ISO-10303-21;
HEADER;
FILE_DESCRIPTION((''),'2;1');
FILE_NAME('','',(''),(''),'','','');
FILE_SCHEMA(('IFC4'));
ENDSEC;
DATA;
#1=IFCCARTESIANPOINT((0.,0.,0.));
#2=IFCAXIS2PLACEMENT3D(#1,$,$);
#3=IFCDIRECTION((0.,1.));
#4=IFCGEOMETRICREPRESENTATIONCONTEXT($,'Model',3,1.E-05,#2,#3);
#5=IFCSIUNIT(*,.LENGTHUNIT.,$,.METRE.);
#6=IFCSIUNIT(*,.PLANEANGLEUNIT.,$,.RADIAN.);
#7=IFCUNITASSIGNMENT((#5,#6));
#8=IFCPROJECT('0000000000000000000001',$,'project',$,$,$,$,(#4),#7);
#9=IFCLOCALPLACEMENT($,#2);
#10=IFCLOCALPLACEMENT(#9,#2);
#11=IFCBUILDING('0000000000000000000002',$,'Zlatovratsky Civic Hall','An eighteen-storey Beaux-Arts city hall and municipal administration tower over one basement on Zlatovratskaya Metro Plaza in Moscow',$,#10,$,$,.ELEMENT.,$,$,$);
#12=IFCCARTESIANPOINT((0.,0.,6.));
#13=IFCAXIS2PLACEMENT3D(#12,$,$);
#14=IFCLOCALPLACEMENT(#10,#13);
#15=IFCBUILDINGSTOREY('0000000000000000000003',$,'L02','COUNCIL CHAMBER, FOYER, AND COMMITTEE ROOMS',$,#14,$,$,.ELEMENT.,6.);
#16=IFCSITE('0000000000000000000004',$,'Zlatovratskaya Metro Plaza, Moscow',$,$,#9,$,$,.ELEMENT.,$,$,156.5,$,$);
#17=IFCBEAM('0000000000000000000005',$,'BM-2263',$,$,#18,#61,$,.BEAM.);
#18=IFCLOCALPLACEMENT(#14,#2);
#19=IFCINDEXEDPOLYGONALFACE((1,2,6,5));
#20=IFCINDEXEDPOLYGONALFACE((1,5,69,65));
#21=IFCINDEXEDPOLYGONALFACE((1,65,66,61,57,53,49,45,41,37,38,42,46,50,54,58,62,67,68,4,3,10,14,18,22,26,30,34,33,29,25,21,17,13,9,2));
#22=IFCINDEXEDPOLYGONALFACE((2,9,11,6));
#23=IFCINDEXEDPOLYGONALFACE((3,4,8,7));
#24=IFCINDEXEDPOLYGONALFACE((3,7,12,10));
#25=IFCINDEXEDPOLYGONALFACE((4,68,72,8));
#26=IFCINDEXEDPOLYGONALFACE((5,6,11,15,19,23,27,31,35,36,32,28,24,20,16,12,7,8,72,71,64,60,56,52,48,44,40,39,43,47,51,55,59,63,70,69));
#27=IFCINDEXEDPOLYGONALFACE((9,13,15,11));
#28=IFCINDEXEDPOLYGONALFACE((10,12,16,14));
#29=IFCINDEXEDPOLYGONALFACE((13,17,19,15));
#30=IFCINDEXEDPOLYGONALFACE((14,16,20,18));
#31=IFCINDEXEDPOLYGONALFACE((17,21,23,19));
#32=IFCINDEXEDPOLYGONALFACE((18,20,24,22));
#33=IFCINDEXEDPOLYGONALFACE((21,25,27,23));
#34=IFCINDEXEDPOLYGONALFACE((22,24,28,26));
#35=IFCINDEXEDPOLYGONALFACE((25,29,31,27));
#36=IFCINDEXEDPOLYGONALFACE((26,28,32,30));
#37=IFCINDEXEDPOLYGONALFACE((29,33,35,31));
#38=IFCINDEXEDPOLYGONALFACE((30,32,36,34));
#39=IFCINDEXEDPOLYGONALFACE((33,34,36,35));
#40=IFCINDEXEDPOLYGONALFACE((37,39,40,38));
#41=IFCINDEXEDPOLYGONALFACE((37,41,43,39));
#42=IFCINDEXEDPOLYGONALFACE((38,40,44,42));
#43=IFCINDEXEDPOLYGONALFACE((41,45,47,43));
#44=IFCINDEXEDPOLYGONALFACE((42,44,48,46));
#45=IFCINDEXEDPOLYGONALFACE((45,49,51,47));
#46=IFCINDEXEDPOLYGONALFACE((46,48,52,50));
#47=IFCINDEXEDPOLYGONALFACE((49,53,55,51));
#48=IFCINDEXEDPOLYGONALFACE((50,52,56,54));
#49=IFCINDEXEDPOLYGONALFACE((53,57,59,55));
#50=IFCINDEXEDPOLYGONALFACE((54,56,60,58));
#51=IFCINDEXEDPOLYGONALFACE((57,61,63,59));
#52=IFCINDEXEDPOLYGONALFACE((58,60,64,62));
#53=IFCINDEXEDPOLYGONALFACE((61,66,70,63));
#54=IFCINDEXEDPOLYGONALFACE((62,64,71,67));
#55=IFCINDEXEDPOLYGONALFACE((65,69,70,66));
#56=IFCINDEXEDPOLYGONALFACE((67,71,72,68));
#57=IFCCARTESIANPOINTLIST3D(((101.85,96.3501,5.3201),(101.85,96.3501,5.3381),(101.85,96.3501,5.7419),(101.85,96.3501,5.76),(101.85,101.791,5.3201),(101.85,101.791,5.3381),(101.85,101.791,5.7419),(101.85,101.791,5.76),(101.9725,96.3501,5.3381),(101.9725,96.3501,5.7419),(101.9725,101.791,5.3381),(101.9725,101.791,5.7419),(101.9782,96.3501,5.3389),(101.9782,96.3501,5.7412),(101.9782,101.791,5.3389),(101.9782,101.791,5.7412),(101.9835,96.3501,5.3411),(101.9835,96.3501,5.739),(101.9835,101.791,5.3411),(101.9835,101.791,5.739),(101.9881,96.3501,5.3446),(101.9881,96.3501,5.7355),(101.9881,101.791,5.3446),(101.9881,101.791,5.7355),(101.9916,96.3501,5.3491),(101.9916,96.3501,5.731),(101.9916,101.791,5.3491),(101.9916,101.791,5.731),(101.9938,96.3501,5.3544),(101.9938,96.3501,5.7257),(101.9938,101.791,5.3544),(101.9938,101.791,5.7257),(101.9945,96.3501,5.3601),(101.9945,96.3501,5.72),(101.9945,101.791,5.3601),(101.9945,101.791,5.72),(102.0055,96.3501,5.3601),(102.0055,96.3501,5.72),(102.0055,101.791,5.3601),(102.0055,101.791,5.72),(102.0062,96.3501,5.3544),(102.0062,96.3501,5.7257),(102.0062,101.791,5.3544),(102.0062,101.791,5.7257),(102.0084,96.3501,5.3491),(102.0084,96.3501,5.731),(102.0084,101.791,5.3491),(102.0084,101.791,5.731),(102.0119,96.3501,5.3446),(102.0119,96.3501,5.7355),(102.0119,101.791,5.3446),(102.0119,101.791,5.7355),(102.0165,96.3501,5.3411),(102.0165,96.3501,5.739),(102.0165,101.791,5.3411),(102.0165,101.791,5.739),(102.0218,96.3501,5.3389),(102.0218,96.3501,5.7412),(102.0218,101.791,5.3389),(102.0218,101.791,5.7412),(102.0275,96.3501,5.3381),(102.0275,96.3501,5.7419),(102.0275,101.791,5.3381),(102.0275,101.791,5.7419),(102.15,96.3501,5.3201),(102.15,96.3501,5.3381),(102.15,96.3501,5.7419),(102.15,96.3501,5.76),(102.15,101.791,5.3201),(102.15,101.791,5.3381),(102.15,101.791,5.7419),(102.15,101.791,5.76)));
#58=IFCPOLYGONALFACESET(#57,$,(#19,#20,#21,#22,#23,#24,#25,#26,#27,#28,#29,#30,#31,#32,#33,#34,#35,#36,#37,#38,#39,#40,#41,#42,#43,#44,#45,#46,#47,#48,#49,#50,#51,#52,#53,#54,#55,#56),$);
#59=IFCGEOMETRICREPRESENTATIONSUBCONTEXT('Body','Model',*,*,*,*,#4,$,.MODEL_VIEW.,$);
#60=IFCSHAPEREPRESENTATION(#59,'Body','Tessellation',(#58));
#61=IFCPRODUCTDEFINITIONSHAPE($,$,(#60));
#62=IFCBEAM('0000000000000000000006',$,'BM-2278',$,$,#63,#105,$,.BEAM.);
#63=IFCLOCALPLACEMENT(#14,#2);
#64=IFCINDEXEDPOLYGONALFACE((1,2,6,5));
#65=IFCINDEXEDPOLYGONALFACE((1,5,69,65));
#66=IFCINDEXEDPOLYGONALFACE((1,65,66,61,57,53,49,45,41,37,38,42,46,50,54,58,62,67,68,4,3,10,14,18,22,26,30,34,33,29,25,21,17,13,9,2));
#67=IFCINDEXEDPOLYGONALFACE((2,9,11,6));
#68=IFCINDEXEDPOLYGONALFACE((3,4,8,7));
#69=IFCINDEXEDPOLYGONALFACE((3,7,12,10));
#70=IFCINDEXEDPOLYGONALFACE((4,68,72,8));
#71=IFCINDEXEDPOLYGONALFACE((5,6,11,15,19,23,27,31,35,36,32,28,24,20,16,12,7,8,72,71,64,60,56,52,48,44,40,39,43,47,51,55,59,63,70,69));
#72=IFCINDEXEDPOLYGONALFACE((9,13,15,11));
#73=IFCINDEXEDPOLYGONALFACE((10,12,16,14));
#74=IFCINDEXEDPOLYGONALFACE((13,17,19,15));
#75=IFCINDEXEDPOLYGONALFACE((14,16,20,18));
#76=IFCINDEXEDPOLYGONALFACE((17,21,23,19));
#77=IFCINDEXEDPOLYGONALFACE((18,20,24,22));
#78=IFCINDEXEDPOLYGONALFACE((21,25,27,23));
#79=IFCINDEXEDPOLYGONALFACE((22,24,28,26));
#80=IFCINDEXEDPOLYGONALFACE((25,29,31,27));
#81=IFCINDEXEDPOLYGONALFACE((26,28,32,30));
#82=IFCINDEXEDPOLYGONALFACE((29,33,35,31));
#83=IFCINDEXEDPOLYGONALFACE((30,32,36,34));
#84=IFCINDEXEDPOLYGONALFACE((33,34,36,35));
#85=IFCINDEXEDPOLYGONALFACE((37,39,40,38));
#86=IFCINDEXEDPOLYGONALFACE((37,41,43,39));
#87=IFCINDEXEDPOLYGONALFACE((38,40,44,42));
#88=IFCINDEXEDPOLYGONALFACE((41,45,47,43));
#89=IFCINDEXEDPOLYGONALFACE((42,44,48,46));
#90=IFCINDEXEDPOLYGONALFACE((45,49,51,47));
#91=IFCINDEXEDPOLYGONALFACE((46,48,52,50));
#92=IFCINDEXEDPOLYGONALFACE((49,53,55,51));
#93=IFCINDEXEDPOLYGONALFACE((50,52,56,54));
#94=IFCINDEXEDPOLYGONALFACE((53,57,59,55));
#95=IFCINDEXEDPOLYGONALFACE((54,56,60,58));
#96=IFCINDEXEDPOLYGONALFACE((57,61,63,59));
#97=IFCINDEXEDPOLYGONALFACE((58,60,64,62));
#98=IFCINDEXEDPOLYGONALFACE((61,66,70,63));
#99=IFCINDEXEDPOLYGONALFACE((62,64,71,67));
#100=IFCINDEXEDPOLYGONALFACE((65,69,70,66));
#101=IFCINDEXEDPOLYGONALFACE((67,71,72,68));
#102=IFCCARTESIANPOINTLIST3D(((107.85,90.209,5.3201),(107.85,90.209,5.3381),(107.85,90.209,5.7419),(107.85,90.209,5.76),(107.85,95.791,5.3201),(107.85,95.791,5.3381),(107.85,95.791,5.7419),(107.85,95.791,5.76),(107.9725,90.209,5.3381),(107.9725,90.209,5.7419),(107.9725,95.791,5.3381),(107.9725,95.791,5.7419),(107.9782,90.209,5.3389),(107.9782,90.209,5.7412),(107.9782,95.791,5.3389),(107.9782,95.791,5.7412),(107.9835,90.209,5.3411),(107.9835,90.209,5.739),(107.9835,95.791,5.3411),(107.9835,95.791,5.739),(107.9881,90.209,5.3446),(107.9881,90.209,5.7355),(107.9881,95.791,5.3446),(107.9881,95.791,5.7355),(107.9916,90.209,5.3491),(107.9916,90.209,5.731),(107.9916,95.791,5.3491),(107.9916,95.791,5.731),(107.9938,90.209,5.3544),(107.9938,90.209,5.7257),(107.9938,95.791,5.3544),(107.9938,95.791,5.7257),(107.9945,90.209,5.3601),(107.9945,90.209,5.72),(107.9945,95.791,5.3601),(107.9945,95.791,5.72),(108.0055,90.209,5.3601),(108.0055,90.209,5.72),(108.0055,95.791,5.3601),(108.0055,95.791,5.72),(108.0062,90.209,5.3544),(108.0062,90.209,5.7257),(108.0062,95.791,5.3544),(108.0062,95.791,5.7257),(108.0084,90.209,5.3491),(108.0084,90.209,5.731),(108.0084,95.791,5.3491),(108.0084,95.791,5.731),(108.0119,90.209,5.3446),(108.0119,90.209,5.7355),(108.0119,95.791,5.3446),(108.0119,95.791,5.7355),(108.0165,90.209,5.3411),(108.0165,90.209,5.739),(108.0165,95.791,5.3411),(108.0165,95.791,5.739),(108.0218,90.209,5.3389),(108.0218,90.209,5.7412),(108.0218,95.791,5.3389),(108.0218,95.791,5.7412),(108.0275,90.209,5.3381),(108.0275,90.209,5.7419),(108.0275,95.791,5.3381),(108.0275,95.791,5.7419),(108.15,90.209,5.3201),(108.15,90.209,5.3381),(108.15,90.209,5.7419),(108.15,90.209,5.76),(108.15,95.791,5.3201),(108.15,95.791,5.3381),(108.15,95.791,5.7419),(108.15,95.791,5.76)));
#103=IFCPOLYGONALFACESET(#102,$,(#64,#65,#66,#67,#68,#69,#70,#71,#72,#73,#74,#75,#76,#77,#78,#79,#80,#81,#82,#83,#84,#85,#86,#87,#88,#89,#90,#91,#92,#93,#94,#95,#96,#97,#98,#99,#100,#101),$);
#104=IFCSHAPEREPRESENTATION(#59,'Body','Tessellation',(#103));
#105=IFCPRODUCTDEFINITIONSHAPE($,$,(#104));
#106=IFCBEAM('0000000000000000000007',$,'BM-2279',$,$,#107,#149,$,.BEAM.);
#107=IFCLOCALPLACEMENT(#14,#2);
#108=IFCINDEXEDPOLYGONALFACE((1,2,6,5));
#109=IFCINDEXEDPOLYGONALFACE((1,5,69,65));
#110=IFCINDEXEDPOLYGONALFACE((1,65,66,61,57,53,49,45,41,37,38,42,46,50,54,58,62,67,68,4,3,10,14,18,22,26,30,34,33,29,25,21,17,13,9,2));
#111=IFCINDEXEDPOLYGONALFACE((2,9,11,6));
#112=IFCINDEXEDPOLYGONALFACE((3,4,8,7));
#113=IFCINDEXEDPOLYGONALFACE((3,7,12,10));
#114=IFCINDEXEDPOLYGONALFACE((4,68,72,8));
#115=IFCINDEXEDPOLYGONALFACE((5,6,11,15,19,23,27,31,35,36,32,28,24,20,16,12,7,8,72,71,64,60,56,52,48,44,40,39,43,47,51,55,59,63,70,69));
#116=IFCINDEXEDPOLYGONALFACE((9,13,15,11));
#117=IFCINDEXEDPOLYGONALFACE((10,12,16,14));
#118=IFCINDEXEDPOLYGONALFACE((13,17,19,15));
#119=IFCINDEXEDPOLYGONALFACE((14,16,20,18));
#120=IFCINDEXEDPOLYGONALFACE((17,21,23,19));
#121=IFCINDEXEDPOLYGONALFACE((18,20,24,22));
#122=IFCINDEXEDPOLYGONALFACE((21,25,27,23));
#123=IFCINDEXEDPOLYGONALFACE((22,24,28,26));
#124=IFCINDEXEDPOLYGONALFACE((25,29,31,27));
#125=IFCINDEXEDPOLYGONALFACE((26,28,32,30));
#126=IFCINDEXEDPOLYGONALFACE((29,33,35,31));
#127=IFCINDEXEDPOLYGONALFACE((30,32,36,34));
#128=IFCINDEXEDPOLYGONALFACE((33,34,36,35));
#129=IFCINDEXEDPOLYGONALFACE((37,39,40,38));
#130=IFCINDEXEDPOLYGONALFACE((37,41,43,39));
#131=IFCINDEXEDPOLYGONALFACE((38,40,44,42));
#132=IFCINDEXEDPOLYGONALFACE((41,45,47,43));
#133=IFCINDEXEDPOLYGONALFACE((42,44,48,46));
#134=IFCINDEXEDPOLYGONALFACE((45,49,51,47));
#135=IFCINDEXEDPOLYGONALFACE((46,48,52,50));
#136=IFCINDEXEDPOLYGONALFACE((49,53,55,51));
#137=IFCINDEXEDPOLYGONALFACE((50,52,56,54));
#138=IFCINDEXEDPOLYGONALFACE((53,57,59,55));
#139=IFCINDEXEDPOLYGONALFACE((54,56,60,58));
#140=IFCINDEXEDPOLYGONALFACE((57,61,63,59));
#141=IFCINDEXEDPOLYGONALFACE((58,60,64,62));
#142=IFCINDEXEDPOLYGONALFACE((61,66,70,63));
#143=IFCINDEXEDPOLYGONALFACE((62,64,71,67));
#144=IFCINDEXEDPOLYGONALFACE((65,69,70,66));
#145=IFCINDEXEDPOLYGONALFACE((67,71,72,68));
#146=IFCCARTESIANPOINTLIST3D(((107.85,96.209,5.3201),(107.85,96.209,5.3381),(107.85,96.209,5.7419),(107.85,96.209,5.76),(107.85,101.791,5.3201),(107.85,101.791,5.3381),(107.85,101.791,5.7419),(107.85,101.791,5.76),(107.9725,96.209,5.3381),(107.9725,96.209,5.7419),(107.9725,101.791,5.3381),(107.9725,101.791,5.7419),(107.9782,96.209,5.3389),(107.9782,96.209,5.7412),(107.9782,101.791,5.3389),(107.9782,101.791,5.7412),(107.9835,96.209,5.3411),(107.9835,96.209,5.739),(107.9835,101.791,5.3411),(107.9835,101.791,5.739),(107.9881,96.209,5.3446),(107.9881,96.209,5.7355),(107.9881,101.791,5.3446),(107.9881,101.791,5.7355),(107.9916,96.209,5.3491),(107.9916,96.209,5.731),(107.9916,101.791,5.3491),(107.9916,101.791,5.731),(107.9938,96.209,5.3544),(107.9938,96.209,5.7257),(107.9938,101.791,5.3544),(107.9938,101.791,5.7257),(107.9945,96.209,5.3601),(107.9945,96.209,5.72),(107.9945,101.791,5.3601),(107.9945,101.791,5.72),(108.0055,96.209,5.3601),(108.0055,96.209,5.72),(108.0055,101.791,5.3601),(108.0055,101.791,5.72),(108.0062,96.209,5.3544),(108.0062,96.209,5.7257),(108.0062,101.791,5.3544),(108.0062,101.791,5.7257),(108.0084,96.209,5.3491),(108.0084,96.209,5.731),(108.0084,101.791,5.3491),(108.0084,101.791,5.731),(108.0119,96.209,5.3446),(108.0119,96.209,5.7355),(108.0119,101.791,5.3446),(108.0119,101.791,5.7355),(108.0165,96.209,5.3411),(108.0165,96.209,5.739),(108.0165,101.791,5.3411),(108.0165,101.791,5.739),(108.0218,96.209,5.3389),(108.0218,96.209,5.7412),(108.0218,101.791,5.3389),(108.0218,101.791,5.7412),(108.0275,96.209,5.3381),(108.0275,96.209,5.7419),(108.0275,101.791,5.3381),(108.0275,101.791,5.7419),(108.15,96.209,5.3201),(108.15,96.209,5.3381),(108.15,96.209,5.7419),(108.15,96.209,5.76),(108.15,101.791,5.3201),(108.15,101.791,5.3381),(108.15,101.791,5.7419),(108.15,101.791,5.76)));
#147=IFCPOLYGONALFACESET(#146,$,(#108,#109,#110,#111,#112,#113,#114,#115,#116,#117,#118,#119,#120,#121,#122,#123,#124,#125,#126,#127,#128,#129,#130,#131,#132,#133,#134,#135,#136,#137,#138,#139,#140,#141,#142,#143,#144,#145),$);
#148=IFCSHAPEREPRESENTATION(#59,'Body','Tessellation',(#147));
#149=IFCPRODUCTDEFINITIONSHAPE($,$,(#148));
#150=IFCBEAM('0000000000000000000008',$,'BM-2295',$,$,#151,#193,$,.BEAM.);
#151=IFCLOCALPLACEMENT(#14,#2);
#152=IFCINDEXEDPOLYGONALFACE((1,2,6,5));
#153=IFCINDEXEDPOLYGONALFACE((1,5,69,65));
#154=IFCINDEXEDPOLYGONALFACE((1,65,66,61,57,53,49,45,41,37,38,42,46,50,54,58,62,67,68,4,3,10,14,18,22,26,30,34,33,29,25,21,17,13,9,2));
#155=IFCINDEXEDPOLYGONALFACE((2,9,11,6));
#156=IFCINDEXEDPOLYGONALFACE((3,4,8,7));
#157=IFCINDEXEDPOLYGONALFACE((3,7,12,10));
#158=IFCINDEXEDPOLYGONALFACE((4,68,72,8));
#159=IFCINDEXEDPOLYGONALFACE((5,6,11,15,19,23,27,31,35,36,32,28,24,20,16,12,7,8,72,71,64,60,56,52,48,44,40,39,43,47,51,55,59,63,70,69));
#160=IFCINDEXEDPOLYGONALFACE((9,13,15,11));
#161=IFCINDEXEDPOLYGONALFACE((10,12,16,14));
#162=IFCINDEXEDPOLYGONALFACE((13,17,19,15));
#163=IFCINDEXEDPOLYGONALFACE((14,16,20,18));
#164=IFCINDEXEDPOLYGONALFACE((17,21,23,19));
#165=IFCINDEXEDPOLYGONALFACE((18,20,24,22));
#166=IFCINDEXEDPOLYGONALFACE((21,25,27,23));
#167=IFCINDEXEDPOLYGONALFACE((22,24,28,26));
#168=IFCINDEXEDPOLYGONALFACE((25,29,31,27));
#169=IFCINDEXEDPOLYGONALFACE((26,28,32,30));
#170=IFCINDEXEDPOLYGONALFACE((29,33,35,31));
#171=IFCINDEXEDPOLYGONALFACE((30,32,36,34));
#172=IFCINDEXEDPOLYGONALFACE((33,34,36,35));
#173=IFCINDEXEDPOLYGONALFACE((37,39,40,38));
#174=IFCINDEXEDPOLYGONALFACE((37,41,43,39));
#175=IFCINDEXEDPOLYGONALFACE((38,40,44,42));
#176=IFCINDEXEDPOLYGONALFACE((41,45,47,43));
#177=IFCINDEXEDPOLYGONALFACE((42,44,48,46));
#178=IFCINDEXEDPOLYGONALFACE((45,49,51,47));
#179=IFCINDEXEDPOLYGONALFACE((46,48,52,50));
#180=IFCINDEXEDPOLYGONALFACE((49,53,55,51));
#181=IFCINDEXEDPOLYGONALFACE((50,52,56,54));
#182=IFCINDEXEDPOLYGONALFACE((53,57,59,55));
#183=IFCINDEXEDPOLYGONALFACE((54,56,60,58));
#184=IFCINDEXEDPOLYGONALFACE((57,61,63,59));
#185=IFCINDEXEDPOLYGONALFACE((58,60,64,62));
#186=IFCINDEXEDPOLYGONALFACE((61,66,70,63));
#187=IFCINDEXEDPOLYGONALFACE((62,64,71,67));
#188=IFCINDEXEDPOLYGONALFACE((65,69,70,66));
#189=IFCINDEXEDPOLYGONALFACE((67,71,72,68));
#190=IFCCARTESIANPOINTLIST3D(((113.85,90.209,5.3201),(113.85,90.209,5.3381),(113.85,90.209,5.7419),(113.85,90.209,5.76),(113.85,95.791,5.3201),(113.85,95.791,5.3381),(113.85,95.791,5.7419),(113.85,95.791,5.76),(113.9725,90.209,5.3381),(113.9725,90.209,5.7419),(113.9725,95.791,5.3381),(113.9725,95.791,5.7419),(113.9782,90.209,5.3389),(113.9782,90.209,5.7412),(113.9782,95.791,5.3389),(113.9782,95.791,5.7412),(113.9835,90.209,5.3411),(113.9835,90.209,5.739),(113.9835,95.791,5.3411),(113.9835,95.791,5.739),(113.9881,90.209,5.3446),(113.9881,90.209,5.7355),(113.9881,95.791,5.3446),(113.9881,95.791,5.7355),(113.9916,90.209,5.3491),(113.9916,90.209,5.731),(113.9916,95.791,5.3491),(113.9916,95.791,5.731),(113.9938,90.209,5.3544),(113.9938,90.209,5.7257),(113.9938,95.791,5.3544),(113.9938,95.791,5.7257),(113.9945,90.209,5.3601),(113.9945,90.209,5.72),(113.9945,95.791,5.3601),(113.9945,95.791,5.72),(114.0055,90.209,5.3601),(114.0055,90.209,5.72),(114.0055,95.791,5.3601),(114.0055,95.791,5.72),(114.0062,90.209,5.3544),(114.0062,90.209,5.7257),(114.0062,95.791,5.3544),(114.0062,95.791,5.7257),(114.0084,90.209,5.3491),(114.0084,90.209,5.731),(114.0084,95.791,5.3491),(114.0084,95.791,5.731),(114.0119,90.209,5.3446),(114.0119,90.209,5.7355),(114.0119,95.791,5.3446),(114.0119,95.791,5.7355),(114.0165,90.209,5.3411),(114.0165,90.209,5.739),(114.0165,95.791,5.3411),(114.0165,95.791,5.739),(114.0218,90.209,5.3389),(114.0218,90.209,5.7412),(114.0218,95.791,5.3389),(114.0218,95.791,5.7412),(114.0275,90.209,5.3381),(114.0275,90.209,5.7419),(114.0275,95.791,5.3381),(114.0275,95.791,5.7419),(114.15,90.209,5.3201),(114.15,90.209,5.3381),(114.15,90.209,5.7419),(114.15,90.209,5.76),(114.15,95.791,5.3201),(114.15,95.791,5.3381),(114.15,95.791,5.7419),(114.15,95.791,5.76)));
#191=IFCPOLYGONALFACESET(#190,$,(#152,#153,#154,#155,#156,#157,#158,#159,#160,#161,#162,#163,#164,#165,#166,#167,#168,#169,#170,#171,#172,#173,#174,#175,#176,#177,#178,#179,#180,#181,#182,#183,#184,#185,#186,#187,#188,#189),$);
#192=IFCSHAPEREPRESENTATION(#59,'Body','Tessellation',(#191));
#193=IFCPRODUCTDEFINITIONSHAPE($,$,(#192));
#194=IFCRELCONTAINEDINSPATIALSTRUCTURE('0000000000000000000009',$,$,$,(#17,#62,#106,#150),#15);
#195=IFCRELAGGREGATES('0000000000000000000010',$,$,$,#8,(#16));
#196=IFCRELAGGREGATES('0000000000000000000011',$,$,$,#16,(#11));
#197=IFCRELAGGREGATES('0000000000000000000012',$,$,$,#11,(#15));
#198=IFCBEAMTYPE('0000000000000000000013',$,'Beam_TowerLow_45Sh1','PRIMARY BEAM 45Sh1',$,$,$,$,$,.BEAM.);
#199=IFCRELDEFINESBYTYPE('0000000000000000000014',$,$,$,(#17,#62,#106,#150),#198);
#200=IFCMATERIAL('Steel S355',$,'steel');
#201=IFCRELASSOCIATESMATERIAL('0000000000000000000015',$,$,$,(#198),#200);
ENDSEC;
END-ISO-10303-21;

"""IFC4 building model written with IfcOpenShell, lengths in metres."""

from ifc_helpers import new_model, si_unit, direction, frame, origin, origin_2d, place, context, subcontext, project, spatial, i_section, extrude, material, material_profile, profile_set, type_object, element, save


model = new_model("IFC4")

# Units and contexts
model_context = context("Model", 3, precision=1e-05, world=origin(), true_north=direction((0.0, 1.0)))
body_context = subcontext(model_context, "Body", "Model", "MODEL_VIEW")
ifc_project = project(units=[si_unit("LENGTHUNIT", "METRE"), si_unit("PLANEANGLEUNIT", "RADIAN")], contexts=[model_context])

# Site, building, storey
site_placement = place(None, origin())
site = spatial("IfcSite", under=ifc_project, at=site_placement, Name="Zlatovratskaya Metro Plaza, Moscow", CompositionType="ELEMENT", RefElevation=156.5)
building_placement = place(site_placement, origin())
building = spatial("IfcBuilding", under=site, at=building_placement, Name="Zlatovratsky Civic Hall", Description="An eighteen-storey Beaux-Arts city hall and municipal administration tower over one basement on Zlatovratskaya Metro Plaza in Moscow", CompositionType="ELEMENT")
storey_placement = place(building_placement, frame((0.0, 0.0, 6.0)))
storey = spatial("IfcBuildingStorey", under=building, at=storey_placement, Name="L02", Description="COUNCIL CHAMBER, FOYER, AND COMMITTEE ROOMS", CompositionType="ELEMENT", Elevation=6.0)

# Shared definitions
ifc_material_1 = material(Name="Steel S355", Category="steel")

# Beams
ifc_material_profile_1 = material_profile(ifc_material_1, i_section(OverallWidth=0.3, OverallDepth=0.4399, WebThickness=0.011, FlangeThickness=0.0181, FilletRadius=0.022, at=origin_2d()), Name="45Sh1")
ifc_profile_set_1 = profile_set([ifc_material_profile_1], Name="Steel S355")
beam_type_1 = type_object("IfcBeamType", Name="Beam_TowerLow_45Sh1", Description="PRIMARY BEAM 45Sh1", PredefinedType="BEAM", material=ifc_profile_set_1)
beam_1_placement = place(storey_placement, frame((102.0, 96.3501, 5.54), z_axis=(0.0, 1.0, 0.0), x_axis=(-1.0, 0.0, 0.0)))
element("IfcBeam", 1, at=beam_1_placement, inside=storey, type_object=beam_type_1, Name="BM-2263", PredefinedType="BEAM", context=body_context, shape_type="SweptSolid", body=[
    extrude(i_section(OverallWidth=0.3, OverallDepth=0.4399, WebThickness=0.011, FlangeThickness=0.0181, FilletRadius=0.022, at=origin_2d()), origin(), (0.0, 0.0, 1.0), 5.4409),
])
for number, where, z_axis, x_axis, name in (
    (2, (108.0, 90.209, 5.54), (0.0, 1.0, 0.0), (-1.0, 0.0, 0.0), "BM-2278"),
    (3, (108.0, 96.209, 5.54), (0.0, 1.0, 0.0), (-1.0, 0.0, 0.0), "BM-2279"),
    (4, (114.0, 90.209, 5.54), (0.0, 1.0, 0.0), (-1.0, 0.0, 0.0), "BM-2295"),
):
    element("IfcBeam", number, at=place(storey_placement, frame(where, z_axis=z_axis, x_axis=x_axis)), inside=storey, type_object=beam_type_1, Name=name, PredefinedType="BEAM", context=body_context, shape_type="SweptSolid", body=[
        extrude(i_section(OverallWidth=0.3, OverallDepth=0.4399, WebThickness=0.011, FlangeThickness=0.0181, FilletRadius=0.022, at=origin_2d()), origin(), (0.0, 0.0, 1.0), 5.582),
    ])

save(model, "model.ifc")
